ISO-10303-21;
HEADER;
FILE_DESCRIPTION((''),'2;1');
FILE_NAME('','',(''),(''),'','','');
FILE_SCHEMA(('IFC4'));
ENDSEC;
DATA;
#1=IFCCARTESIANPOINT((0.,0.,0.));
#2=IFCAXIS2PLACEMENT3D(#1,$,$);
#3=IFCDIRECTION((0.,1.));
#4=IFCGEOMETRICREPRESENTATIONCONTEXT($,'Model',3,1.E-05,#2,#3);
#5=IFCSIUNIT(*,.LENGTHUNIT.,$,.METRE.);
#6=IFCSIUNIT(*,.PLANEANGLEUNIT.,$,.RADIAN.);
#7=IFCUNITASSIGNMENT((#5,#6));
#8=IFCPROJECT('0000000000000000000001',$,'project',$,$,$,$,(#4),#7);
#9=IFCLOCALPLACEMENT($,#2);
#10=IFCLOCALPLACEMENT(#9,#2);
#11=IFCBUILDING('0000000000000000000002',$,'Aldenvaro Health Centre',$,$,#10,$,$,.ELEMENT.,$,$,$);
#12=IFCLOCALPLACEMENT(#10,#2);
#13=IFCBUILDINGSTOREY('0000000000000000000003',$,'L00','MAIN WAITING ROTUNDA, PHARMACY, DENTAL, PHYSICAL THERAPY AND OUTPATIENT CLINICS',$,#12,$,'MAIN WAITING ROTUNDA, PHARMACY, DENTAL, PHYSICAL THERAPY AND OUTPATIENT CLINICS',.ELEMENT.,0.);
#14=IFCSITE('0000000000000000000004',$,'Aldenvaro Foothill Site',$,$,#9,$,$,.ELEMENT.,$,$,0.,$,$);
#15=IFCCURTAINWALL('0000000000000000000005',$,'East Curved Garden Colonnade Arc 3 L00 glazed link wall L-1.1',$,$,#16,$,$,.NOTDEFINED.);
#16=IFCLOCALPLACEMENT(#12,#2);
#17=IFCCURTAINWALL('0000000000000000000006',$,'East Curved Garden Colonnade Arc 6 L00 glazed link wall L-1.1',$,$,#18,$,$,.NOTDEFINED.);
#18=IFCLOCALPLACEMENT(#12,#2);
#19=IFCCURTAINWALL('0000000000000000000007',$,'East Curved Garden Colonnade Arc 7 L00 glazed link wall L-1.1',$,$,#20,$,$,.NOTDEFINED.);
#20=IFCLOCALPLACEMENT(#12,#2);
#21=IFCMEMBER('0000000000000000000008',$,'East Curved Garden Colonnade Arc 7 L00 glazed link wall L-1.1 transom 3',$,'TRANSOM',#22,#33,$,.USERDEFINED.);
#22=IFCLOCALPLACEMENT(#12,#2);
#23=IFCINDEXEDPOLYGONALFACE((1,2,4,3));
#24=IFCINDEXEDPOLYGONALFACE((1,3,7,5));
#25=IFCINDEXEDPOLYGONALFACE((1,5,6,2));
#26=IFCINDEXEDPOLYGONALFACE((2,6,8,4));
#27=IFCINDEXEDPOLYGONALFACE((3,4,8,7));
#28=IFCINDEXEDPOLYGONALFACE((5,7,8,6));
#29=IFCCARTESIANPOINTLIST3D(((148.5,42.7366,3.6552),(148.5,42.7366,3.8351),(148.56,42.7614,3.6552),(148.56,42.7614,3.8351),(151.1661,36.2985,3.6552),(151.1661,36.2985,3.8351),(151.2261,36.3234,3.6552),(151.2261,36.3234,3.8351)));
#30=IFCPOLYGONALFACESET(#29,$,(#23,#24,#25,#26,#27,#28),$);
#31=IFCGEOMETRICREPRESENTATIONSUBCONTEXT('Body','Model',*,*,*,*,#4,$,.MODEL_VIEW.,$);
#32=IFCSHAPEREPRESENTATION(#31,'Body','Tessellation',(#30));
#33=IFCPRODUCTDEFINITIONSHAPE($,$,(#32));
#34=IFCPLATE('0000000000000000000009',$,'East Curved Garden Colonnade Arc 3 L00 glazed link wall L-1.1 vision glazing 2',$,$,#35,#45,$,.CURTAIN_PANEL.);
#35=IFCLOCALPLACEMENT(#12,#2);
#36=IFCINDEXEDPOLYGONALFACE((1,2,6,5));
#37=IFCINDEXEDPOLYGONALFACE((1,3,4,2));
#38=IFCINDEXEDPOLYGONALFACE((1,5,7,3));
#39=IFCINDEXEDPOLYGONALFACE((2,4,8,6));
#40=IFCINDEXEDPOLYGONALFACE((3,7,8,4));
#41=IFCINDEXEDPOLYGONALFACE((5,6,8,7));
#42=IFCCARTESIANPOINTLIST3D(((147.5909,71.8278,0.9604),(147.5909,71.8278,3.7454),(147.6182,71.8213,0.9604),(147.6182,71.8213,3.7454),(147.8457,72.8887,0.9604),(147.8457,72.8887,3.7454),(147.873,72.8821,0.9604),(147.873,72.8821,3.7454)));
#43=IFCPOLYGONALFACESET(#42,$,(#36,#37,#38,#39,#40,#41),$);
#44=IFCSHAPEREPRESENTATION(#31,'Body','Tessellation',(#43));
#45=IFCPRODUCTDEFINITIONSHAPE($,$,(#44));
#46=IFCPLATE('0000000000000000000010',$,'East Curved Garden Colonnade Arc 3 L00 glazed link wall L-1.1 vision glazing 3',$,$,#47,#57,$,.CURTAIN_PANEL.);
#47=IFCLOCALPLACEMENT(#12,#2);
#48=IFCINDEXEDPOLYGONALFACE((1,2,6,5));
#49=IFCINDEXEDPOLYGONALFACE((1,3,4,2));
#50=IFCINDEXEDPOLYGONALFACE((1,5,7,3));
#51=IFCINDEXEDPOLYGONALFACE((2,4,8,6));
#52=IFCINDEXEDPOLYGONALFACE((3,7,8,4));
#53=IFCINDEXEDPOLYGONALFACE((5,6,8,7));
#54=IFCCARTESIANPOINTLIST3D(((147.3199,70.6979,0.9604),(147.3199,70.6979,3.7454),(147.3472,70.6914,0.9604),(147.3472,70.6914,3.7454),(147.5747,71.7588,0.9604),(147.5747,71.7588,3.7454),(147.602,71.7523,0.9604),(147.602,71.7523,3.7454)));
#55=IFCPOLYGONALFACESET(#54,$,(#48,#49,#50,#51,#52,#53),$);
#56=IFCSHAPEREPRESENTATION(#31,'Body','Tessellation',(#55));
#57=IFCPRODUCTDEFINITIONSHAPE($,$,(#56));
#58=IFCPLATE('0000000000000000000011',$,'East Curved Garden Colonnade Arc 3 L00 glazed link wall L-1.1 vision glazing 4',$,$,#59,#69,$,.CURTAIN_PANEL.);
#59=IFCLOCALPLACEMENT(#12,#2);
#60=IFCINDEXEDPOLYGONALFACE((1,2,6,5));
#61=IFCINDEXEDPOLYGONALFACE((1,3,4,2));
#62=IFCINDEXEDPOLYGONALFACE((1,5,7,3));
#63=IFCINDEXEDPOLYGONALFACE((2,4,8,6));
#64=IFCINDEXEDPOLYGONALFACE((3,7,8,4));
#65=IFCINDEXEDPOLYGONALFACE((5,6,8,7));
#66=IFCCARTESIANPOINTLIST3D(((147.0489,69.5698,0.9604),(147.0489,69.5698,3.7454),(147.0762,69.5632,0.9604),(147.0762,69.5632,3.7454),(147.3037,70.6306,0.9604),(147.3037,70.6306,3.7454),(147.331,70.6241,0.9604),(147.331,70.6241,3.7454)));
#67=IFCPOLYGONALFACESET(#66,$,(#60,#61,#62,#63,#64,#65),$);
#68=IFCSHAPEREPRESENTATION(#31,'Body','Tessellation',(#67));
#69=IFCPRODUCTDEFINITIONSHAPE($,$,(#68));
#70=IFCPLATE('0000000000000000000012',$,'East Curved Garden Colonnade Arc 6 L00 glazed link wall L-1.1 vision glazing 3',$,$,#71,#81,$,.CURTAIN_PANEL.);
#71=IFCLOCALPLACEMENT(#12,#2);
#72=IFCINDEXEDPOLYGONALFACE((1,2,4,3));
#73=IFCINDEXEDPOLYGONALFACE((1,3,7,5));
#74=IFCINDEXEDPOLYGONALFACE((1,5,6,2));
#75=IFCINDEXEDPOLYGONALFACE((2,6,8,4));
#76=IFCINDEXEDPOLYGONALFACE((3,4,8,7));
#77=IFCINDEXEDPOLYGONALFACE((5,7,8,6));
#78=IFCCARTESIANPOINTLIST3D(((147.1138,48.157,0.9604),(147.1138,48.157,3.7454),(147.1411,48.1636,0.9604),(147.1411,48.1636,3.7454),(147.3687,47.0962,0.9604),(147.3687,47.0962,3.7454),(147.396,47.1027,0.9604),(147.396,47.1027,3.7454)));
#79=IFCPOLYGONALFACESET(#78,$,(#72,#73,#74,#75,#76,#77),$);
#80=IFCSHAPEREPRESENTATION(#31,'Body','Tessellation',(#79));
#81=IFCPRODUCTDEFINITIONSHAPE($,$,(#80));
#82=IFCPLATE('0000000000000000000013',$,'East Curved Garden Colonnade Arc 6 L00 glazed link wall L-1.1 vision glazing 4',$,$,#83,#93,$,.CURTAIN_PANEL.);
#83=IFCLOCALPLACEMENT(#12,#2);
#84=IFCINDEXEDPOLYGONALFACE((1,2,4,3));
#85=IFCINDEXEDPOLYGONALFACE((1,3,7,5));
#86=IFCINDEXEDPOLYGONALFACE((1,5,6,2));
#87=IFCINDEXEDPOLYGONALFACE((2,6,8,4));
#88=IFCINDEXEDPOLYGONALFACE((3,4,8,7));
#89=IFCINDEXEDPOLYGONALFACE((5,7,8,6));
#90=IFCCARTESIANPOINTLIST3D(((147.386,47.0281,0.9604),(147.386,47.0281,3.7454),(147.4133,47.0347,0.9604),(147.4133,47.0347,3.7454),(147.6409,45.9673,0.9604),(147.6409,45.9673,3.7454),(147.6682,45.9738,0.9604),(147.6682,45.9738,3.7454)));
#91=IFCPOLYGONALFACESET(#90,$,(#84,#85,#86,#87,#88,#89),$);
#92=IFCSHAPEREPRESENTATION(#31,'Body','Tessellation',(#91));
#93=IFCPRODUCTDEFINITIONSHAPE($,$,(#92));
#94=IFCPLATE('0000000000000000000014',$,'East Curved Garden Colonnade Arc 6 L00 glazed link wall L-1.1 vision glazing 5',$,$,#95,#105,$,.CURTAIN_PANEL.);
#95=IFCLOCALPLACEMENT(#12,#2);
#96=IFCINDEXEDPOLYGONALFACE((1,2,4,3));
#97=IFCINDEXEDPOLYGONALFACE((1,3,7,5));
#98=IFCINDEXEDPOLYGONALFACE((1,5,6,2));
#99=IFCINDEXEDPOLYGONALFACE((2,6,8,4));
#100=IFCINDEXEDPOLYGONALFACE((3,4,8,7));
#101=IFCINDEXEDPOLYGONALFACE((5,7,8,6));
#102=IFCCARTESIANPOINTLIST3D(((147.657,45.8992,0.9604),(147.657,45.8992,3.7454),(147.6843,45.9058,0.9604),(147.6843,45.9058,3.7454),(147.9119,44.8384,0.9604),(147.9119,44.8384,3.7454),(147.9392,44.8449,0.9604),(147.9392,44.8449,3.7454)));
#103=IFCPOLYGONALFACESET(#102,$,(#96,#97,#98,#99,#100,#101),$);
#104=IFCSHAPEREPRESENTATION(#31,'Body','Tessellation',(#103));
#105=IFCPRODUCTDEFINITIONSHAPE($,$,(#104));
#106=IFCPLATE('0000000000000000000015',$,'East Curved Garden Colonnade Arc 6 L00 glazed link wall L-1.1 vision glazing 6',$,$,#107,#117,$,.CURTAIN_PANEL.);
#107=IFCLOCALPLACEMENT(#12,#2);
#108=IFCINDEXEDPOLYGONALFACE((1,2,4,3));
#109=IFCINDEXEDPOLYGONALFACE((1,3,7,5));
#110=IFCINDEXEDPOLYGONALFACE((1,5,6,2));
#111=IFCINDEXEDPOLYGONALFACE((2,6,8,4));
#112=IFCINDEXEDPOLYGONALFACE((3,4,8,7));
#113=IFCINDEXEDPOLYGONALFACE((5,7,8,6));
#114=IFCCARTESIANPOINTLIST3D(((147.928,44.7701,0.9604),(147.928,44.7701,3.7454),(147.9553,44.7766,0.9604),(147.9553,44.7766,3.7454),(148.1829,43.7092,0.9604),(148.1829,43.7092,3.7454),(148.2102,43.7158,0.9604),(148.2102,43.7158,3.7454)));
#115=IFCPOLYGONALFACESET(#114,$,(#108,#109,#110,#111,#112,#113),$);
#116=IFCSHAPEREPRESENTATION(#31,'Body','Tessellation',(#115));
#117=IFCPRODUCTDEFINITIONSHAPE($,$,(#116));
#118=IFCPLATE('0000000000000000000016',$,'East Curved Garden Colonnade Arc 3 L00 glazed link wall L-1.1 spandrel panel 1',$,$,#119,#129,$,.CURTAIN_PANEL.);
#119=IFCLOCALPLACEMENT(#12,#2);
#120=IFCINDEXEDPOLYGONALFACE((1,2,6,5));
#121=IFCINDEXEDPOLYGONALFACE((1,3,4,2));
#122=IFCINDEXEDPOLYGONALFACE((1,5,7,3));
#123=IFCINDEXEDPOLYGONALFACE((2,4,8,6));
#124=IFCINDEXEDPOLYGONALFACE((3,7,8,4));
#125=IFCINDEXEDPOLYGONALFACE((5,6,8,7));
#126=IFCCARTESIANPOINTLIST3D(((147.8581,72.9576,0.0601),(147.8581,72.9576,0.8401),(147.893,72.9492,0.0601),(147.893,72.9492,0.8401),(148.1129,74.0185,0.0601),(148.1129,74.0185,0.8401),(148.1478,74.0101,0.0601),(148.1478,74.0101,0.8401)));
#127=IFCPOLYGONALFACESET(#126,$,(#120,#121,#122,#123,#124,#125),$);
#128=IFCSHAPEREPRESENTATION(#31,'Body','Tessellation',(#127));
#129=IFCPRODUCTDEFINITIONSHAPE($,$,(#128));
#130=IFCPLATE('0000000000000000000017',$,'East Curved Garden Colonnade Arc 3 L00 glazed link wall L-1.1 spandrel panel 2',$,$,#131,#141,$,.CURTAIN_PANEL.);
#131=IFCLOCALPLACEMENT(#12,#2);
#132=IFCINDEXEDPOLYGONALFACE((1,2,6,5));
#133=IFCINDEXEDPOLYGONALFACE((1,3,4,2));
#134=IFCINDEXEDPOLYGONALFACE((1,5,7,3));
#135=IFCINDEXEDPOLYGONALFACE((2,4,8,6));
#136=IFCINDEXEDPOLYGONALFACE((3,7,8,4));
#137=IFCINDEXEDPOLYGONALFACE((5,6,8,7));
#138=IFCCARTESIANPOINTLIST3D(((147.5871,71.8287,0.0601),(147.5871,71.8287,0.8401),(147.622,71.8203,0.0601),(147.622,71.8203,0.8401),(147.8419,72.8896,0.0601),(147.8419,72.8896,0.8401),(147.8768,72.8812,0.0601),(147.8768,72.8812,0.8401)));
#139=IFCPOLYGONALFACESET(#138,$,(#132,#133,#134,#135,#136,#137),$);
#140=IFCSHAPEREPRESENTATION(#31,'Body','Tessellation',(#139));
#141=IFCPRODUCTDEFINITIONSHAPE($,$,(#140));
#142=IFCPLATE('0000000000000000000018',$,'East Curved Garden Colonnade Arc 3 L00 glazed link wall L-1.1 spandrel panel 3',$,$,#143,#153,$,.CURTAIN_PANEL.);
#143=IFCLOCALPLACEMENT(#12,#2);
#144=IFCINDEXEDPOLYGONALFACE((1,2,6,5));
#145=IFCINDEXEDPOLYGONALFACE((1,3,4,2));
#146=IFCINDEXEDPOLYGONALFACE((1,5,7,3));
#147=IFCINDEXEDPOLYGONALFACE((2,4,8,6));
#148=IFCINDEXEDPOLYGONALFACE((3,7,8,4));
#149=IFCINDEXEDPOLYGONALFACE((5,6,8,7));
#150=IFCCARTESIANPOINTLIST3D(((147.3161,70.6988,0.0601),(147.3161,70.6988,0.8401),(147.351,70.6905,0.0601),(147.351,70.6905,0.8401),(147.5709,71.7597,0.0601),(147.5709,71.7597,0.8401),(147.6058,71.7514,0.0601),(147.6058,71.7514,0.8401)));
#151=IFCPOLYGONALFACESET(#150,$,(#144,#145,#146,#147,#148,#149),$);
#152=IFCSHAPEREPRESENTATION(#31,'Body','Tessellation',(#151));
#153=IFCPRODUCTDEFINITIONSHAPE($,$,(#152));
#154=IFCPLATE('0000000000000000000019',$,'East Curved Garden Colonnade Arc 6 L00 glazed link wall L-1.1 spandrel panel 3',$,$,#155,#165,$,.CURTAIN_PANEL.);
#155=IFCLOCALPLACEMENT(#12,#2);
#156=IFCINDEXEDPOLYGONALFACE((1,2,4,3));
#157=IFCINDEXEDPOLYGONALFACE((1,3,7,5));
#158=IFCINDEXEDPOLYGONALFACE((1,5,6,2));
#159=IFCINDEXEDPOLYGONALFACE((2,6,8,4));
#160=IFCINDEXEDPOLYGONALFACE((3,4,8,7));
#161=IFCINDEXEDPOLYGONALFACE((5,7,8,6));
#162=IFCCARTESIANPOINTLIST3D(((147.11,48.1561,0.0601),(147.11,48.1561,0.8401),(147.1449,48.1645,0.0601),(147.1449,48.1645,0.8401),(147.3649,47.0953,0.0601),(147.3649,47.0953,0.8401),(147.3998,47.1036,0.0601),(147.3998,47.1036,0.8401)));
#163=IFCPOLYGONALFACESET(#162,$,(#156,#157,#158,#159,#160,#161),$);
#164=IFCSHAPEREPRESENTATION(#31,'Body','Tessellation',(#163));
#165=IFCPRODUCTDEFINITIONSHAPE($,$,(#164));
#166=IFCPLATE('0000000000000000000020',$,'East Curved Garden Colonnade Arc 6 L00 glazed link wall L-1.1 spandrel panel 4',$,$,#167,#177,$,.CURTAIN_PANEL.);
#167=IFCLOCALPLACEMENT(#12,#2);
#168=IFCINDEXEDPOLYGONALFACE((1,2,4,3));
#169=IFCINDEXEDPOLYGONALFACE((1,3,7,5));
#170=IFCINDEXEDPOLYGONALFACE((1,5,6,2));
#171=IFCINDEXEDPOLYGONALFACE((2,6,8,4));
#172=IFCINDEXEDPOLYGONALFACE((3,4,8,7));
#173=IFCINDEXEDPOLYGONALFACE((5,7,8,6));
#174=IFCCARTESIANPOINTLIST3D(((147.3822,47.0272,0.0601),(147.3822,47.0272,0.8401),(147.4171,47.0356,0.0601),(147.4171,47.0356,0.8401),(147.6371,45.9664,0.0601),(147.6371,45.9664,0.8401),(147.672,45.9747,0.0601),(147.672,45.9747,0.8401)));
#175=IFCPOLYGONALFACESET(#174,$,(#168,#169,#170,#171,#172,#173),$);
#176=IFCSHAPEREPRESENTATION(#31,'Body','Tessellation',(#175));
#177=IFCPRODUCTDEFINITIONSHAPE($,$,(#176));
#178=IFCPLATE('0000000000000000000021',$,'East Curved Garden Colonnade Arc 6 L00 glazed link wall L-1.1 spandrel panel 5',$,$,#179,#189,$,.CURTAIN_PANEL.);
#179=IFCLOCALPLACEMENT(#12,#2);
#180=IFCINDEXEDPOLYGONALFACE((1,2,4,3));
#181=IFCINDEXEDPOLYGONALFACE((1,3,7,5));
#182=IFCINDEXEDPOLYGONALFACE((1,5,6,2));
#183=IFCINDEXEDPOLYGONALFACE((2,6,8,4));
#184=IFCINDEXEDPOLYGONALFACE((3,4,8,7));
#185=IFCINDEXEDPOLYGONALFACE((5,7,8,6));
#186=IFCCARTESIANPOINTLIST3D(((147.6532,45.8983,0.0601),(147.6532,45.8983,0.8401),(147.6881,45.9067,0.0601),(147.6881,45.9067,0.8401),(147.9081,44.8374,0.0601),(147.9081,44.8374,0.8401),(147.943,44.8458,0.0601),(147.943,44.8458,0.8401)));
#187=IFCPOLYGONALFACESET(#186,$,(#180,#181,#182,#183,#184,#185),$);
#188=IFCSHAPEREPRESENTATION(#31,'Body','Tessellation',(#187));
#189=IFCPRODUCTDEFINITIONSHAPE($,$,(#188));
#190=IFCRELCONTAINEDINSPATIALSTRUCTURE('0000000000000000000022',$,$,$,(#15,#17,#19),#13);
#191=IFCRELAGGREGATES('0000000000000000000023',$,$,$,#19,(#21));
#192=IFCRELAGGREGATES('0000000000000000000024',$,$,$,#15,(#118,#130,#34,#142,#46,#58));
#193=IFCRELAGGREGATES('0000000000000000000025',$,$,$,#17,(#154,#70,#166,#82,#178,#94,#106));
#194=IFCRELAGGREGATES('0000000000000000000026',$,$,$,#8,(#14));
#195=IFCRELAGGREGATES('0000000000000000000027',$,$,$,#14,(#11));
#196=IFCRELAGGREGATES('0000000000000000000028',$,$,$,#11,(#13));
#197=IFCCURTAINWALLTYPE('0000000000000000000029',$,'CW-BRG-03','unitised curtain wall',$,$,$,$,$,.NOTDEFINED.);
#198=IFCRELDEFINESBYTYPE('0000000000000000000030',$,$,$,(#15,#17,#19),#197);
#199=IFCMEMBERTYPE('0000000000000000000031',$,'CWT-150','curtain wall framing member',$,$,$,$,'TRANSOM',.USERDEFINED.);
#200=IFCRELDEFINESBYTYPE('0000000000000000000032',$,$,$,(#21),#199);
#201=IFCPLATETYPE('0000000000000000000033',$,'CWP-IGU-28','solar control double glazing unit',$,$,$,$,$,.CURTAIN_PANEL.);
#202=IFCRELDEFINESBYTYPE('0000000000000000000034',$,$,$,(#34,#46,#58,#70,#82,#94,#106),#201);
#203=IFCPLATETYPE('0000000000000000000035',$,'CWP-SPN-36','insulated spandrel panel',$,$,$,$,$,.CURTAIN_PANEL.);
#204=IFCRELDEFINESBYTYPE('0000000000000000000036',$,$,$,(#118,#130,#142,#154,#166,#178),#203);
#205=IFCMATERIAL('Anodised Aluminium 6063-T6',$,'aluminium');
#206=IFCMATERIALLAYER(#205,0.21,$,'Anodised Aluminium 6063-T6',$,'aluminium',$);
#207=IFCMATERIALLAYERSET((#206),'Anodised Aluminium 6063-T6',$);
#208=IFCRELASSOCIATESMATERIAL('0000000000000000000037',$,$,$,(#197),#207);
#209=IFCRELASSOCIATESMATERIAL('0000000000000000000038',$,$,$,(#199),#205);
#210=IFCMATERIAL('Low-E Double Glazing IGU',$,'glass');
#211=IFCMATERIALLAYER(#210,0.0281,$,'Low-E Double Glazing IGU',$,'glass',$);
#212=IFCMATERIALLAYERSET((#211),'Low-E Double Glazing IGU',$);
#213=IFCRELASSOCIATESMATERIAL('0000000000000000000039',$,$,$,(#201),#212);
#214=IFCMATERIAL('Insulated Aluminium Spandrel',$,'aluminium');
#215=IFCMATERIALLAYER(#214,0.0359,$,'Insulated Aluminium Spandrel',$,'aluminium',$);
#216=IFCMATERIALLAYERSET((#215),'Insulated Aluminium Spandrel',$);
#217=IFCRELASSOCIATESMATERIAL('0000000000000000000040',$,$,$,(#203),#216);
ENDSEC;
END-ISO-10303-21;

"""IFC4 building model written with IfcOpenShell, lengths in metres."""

from ifc_helpers import new_model, si_unit, direction, frame, origin, origin_2d, place, context, subcontext, project, spatial, rectangle, extrude, material, layer, layer_set, material_profile, profile_set, type_object, element, aggregate, save


model = new_model("IFC4")

# Units and contexts
model_context = context("Model", 3, precision=1e-05, world=origin(), true_north=direction((0.0, 1.0)))
body_context = subcontext(model_context, "Body", "Model", "MODEL_VIEW")
ifc_project = project(units=[si_unit("LENGTHUNIT", "METRE"), si_unit("PLANEANGLEUNIT", "RADIAN")], contexts=[model_context])

# Site, building, storey
site_placement = place(None, origin())
site = spatial("IfcSite", under=ifc_project, at=site_placement, Name="Aldenvaro Foothill Site", CompositionType="ELEMENT", RefElevation=0.0)
building_placement = place(site_placement, origin())
building = spatial("IfcBuilding", under=site, at=building_placement, Name="Aldenvaro Health Centre", CompositionType="ELEMENT")
storey_placement = place(building_placement, origin())
storey = spatial("IfcBuildingStorey", under=building, at=storey_placement, Name="L00", Description="MAIN WAITING ROTUNDA, PHARMACY, DENTAL, PHYSICAL THERAPY AND OUTPATIENT CLINICS", LongName="MAIN WAITING ROTUNDA, PHARMACY, DENTAL, PHYSICAL THERAPY AND OUTPATIENT CLINICS", CompositionType="ELEMENT", Elevation=0.0)

# Curtain walls
ifc_material_1 = material(Name="Anodised Aluminium 6063-T6", Category="aluminium")
ifc_layer_1 = layer(ifc_material_1, 0.21, Name="Anodised Aluminium 6063-T6", Category="aluminium")
ifc_layer_set_1 = layer_set([ifc_layer_1], Name="Anodised Aluminium 6063-T6")
curtain_wall_type = type_object("IfcCurtainWallType", Name="CW-BRG-03", Description="unitised curtain wall", PredefinedType="NOTDEFINED", material=ifc_layer_set_1)
curtain_wall_1_placement = place(storey_placement, origin())
curtain_wall_1 = element("IfcCurtainWall", 1, at=curtain_wall_1_placement, inside=storey, type_object=curtain_wall_type, Name="East Curved Garden Colonnade Arc 3 L00 glazed link wall L-1.1", PredefinedType="NOTDEFINED")
curtain_wall_2_placement = place(storey_placement, origin())
curtain_wall_2 = element("IfcCurtainWall", 2, at=curtain_wall_2_placement, inside=storey, type_object=curtain_wall_type, Name="East Curved Garden Colonnade Arc 6 L00 glazed link wall L-1.1", PredefinedType="NOTDEFINED")

# Curtain wall, member
curtain_wall_3_placement = place(storey_placement, origin())
curtain_wall_3 = element("IfcCurtainWall", 3, at=curtain_wall_3_placement, inside=storey, type_object=curtain_wall_type, Name="East Curved Garden Colonnade Arc 7 L00 glazed link wall L-1.1", PredefinedType="NOTDEFINED")
ifc_material_profile_1 = material_profile(ifc_material_1, rectangle(XDim=0.0649, YDim=0.1799, at=origin_2d()), Name="ALU 65x180", Category="aluminium")
ifc_profile_set_1 = profile_set([ifc_material_profile_1], Name="Anodised Aluminium 6063-T6")
member_type_1 = type_object("IfcMemberType", Name="CWT-150", Description="curtain wall framing member", ElementType="TRANSOM", PredefinedType="USERDEFINED", material=ifc_profile_set_1)
member_1_placement = place(storey_placement, frame((148.53, 42.749, 3.7451), z_axis=(0.382599, -0.923914, 0.0), x_axis=(0.923914, 0.382599, 0.0)))
member_1 = element("IfcMember", 4, at=member_1_placement, type_object=member_type_1, Name="East Curved Garden Colonnade Arc 7 L00 glazed link wall L-1.1 transom 3", ObjectType="TRANSOM", PredefinedType="USERDEFINED", context=body_context, shape_type="SweptSolid", body=[
    extrude(rectangle(XDim=0.0649, YDim=0.1799, at=origin_2d()), origin(), (0.0, 0.0, 1.0), 6.9683),
])
aggregate(curtain_wall_3, [member_1])

# Plates
ifc_material_2 = material(Name="Low-E Double Glazing IGU", Category="glass")
ifc_layer_2 = layer(ifc_material_2, 0.0281, Name="Low-E Double Glazing IGU", Category="glass")
ifc_layer_set_2 = layer_set([ifc_layer_2], Name="Low-E Double Glazing IGU")
plate_type_1 = type_object("IfcPlateType", Name="CWP-IGU-28", Description="solar control double glazing unit", PredefinedType="CURTAIN_PANEL", material=ifc_layer_set_2)
plate_1_placement = place(storey_placement, frame((147.7319, 72.355, 0.9604), z_axis=(0.0, 0.0, 1.0), x_axis=(-0.233541, -0.972347, 0.0)))
plate_1 = element("IfcPlate", 5, at=plate_1_placement, type_object=plate_type_1, Name="East Curved Garden Colonnade Arc 3 L00 glazed link wall L-1.1 vision glazing 2", PredefinedType="CURTAIN_PANEL", context=body_context, shape_type="SweptSolid", body=[
    extrude(rectangle(XDim=1.0911, YDim=0.0281, at=origin_2d()), origin(), (0.0, 0.0, 1.0), 2.7849),
])
plate_2_placement = place(storey_placement, frame((147.4609, 71.2251, 0.9604), z_axis=(0.0, 0.0, 1.0), x_axis=(-0.233541, -0.972347, 0.0)))
plate_2 = element("IfcPlate", 6, at=plate_2_placement, type_object=plate_type_1, Name="East Curved Garden Colonnade Arc 3 L00 glazed link wall L-1.1 vision glazing 3", PredefinedType="CURTAIN_PANEL", context=body_context, shape_type="SweptSolid", body=[
    extrude(rectangle(XDim=1.0911, YDim=0.0281, at=origin_2d()), origin(), (0.0, 0.0, 1.0), 2.7849),
])
plate_3_placement = place(storey_placement, frame((147.1899, 70.0969, 0.9604), z_axis=(0.0, 0.0, 1.0), x_axis=(-0.233541, -0.972347, 0.0)))
plate_3 = element("IfcPlate", 7, at=plate_3_placement, type_object=plate_type_1, Name="East Curved Garden Colonnade Arc 3 L00 glazed link wall L-1.1 vision glazing 4", PredefinedType="CURTAIN_PANEL", context=body_context, shape_type="SweptSolid", body=[
    extrude(rectangle(XDim=1.0911, YDim=0.0281, at=origin_2d()), origin(), (0.0, 0.0, 1.0), 2.7849),
])
plate_4_placement = place(storey_placement, frame((147.2549, 47.6299, 0.9604), z_axis=(0.0, 0.0, 1.0), x_axis=(0.233644, -0.972322, 0.0)))
plate_4 = element("IfcPlate", 8, at=plate_4_placement, type_object=plate_type_1, Name="East Curved Garden Colonnade Arc 6 L00 glazed link wall L-1.1 vision glazing 3", PredefinedType="CURTAIN_PANEL", context=body_context, shape_type="SweptSolid", body=[
    extrude(rectangle(XDim=1.0911, YDim=0.0281, at=origin_2d()), origin(), (0.0, 0.0, 1.0), 2.7849),
])
plate_5_placement = place(storey_placement, frame((147.5271, 46.501, 0.9604), z_axis=(0.0, 0.0, 1.0), x_axis=(0.233644, -0.972322, 0.0)))
plate_5 = element("IfcPlate", 9, at=plate_5_placement, type_object=plate_type_1, Name="East Curved Garden Colonnade Arc 6 L00 glazed link wall L-1.1 vision glazing 4", PredefinedType="CURTAIN_PANEL", context=body_context, shape_type="SweptSolid", body=[
    extrude(rectangle(XDim=1.0911, YDim=0.0281, at=origin_2d()), origin(), (0.0, 0.0, 1.0), 2.7849),
])
plate_6_placement = place(storey_placement, frame((147.7981, 45.3721, 0.9604), z_axis=(0.0, 0.0, 1.0), x_axis=(0.233644, -0.972322, 0.0)))
plate_6 = element("IfcPlate", 10, at=plate_6_placement, type_object=plate_type_1, Name="East Curved Garden Colonnade Arc 6 L00 glazed link wall L-1.1 vision glazing 5", PredefinedType="CURTAIN_PANEL", context=body_context, shape_type="SweptSolid", body=[
    extrude(rectangle(XDim=1.0911, YDim=0.0281, at=origin_2d()), origin(), (0.0, 0.0, 1.0), 2.7849),
])
plate_7_placement = place(storey_placement, frame((148.0691, 44.2429, 0.9604), z_axis=(0.0, 0.0, 1.0), x_axis=(0.233644, -0.972322, 0.0)))
plate_7 = element("IfcPlate", 11, at=plate_7_placement, type_object=plate_type_1, Name="East Curved Garden Colonnade Arc 6 L00 glazed link wall L-1.1 vision glazing 6", PredefinedType="CURTAIN_PANEL", context=body_context, shape_type="SweptSolid", body=[
    extrude(rectangle(XDim=1.0911, YDim=0.0281, at=origin_2d()), origin(), (0.0, 0.0, 1.0), 2.7849),
])
ifc_material_3 = material(Name="Insulated Aluminium Spandrel", Category="aluminium")
ifc_layer_3 = layer(ifc_material_3, 0.0359, Name="Insulated Aluminium Spandrel", Category="aluminium")
ifc_layer_set_3 = layer_set([ifc_layer_3], Name="Insulated Aluminium Spandrel")
plate_type_2 = type_object("IfcPlateType", Name="CWP-SPN-36", Description="insulated spandrel panel", PredefinedType="CURTAIN_PANEL", material=ifc_layer_set_3)
plate_8_placement = place(storey_placement, frame((148.0029, 73.4839, 0.0601), z_axis=(0.0, 0.0, 1.0), x_axis=(-0.233541, -0.972347, 0.0)))
plate_8 = element("IfcPlate", 12, at=plate_8_placement, type_object=plate_type_2, Name="East Curved Garden Colonnade Arc 3 L00 glazed link wall L-1.1 spandrel panel 1", PredefinedType="CURTAIN_PANEL", context=body_context, shape_type="SweptSolid", body=[
    extrude(rectangle(XDim=1.0911, YDim=0.0359, at=origin_2d()), origin(), (0.0, 0.0, 1.0), 0.78),
])
plate_9_placement = place(storey_placement, frame((147.7319, 72.355, 0.0601), z_axis=(0.0, 0.0, 1.0), x_axis=(-0.233541, -0.972347, 0.0)))
plate_9 = element("IfcPlate", 13, at=plate_9_placement, type_object=plate_type_2, Name="East Curved Garden Colonnade Arc 3 L00 glazed link wall L-1.1 spandrel panel 2", PredefinedType="CURTAIN_PANEL", context=body_context, shape_type="SweptSolid", body=[
    extrude(rectangle(XDim=1.0911, YDim=0.0359, at=origin_2d()), origin(), (0.0, 0.0, 1.0), 0.78),
])
plate_10_placement = place(storey_placement, frame((147.4609, 71.2251, 0.0601), z_axis=(0.0, 0.0, 1.0), x_axis=(-0.233541, -0.972347, 0.0)))
plate_10 = element("IfcPlate", 14, at=plate_10_placement, type_object=plate_type_2, Name="East Curved Garden Colonnade Arc 3 L00 glazed link wall L-1.1 spandrel panel 3", PredefinedType="CURTAIN_PANEL", context=body_context, shape_type="SweptSolid", body=[
    extrude(rectangle(XDim=1.0911, YDim=0.0359, at=origin_2d()), origin(), (0.0, 0.0, 1.0), 0.78),
])
aggregate(curtain_wall_1, [plate_8, plate_9, plate_1, plate_10, plate_2, plate_3])
plate_11_placement = place(storey_placement, frame((147.2549, 47.6299, 0.0601), z_axis=(0.0, 0.0, 1.0), x_axis=(0.233644, -0.972322, 0.0)))
plate_11 = element("IfcPlate", 15, at=plate_11_placement, type_object=plate_type_2, Name="East Curved Garden Colonnade Arc 6 L00 glazed link wall L-1.1 spandrel panel 3", PredefinedType="CURTAIN_PANEL", context=body_context, shape_type="SweptSolid", body=[
    extrude(rectangle(XDim=1.0911, YDim=0.0359, at=origin_2d()), origin(), (0.0, 0.0, 1.0), 0.78),
])
plate_12_placement = place(storey_placement, frame((147.5271, 46.501, 0.0601), z_axis=(0.0, 0.0, 1.0), x_axis=(0.233644, -0.972322, 0.0)))
plate_12 = element("IfcPlate", 16, at=plate_12_placement, type_object=plate_type_2, Name="East Curved Garden Colonnade Arc 6 L00 glazed link wall L-1.1 spandrel panel 4", PredefinedType="CURTAIN_PANEL", context=body_context, shape_type="SweptSolid", body=[
    extrude(rectangle(XDim=1.0911, YDim=0.0359, at=origin_2d()), origin(), (0.0, 0.0, 1.0), 0.78),
])
plate_13_placement = place(storey_placement, frame((147.7981, 45.3721, 0.0601), z_axis=(0.0, 0.0, 1.0), x_axis=(0.233644, -0.972322, 0.0)))
plate_13 = element("IfcPlate", 17, at=plate_13_placement, type_object=plate_type_2, Name="East Curved Garden Colonnade Arc 6 L00 glazed link wall L-1.1 spandrel panel 5", PredefinedType="CURTAIN_PANEL", context=body_context, shape_type="SweptSolid", body=[
    extrude(rectangle(XDim=1.0911, YDim=0.0359, at=origin_2d()), origin(), (0.0, 0.0, 1.0), 0.78),
])
aggregate(curtain_wall_2, [plate_11, plate_4, plate_12, plate_5, plate_13, plate_6, plate_7])

save(model, "model.ifc")
